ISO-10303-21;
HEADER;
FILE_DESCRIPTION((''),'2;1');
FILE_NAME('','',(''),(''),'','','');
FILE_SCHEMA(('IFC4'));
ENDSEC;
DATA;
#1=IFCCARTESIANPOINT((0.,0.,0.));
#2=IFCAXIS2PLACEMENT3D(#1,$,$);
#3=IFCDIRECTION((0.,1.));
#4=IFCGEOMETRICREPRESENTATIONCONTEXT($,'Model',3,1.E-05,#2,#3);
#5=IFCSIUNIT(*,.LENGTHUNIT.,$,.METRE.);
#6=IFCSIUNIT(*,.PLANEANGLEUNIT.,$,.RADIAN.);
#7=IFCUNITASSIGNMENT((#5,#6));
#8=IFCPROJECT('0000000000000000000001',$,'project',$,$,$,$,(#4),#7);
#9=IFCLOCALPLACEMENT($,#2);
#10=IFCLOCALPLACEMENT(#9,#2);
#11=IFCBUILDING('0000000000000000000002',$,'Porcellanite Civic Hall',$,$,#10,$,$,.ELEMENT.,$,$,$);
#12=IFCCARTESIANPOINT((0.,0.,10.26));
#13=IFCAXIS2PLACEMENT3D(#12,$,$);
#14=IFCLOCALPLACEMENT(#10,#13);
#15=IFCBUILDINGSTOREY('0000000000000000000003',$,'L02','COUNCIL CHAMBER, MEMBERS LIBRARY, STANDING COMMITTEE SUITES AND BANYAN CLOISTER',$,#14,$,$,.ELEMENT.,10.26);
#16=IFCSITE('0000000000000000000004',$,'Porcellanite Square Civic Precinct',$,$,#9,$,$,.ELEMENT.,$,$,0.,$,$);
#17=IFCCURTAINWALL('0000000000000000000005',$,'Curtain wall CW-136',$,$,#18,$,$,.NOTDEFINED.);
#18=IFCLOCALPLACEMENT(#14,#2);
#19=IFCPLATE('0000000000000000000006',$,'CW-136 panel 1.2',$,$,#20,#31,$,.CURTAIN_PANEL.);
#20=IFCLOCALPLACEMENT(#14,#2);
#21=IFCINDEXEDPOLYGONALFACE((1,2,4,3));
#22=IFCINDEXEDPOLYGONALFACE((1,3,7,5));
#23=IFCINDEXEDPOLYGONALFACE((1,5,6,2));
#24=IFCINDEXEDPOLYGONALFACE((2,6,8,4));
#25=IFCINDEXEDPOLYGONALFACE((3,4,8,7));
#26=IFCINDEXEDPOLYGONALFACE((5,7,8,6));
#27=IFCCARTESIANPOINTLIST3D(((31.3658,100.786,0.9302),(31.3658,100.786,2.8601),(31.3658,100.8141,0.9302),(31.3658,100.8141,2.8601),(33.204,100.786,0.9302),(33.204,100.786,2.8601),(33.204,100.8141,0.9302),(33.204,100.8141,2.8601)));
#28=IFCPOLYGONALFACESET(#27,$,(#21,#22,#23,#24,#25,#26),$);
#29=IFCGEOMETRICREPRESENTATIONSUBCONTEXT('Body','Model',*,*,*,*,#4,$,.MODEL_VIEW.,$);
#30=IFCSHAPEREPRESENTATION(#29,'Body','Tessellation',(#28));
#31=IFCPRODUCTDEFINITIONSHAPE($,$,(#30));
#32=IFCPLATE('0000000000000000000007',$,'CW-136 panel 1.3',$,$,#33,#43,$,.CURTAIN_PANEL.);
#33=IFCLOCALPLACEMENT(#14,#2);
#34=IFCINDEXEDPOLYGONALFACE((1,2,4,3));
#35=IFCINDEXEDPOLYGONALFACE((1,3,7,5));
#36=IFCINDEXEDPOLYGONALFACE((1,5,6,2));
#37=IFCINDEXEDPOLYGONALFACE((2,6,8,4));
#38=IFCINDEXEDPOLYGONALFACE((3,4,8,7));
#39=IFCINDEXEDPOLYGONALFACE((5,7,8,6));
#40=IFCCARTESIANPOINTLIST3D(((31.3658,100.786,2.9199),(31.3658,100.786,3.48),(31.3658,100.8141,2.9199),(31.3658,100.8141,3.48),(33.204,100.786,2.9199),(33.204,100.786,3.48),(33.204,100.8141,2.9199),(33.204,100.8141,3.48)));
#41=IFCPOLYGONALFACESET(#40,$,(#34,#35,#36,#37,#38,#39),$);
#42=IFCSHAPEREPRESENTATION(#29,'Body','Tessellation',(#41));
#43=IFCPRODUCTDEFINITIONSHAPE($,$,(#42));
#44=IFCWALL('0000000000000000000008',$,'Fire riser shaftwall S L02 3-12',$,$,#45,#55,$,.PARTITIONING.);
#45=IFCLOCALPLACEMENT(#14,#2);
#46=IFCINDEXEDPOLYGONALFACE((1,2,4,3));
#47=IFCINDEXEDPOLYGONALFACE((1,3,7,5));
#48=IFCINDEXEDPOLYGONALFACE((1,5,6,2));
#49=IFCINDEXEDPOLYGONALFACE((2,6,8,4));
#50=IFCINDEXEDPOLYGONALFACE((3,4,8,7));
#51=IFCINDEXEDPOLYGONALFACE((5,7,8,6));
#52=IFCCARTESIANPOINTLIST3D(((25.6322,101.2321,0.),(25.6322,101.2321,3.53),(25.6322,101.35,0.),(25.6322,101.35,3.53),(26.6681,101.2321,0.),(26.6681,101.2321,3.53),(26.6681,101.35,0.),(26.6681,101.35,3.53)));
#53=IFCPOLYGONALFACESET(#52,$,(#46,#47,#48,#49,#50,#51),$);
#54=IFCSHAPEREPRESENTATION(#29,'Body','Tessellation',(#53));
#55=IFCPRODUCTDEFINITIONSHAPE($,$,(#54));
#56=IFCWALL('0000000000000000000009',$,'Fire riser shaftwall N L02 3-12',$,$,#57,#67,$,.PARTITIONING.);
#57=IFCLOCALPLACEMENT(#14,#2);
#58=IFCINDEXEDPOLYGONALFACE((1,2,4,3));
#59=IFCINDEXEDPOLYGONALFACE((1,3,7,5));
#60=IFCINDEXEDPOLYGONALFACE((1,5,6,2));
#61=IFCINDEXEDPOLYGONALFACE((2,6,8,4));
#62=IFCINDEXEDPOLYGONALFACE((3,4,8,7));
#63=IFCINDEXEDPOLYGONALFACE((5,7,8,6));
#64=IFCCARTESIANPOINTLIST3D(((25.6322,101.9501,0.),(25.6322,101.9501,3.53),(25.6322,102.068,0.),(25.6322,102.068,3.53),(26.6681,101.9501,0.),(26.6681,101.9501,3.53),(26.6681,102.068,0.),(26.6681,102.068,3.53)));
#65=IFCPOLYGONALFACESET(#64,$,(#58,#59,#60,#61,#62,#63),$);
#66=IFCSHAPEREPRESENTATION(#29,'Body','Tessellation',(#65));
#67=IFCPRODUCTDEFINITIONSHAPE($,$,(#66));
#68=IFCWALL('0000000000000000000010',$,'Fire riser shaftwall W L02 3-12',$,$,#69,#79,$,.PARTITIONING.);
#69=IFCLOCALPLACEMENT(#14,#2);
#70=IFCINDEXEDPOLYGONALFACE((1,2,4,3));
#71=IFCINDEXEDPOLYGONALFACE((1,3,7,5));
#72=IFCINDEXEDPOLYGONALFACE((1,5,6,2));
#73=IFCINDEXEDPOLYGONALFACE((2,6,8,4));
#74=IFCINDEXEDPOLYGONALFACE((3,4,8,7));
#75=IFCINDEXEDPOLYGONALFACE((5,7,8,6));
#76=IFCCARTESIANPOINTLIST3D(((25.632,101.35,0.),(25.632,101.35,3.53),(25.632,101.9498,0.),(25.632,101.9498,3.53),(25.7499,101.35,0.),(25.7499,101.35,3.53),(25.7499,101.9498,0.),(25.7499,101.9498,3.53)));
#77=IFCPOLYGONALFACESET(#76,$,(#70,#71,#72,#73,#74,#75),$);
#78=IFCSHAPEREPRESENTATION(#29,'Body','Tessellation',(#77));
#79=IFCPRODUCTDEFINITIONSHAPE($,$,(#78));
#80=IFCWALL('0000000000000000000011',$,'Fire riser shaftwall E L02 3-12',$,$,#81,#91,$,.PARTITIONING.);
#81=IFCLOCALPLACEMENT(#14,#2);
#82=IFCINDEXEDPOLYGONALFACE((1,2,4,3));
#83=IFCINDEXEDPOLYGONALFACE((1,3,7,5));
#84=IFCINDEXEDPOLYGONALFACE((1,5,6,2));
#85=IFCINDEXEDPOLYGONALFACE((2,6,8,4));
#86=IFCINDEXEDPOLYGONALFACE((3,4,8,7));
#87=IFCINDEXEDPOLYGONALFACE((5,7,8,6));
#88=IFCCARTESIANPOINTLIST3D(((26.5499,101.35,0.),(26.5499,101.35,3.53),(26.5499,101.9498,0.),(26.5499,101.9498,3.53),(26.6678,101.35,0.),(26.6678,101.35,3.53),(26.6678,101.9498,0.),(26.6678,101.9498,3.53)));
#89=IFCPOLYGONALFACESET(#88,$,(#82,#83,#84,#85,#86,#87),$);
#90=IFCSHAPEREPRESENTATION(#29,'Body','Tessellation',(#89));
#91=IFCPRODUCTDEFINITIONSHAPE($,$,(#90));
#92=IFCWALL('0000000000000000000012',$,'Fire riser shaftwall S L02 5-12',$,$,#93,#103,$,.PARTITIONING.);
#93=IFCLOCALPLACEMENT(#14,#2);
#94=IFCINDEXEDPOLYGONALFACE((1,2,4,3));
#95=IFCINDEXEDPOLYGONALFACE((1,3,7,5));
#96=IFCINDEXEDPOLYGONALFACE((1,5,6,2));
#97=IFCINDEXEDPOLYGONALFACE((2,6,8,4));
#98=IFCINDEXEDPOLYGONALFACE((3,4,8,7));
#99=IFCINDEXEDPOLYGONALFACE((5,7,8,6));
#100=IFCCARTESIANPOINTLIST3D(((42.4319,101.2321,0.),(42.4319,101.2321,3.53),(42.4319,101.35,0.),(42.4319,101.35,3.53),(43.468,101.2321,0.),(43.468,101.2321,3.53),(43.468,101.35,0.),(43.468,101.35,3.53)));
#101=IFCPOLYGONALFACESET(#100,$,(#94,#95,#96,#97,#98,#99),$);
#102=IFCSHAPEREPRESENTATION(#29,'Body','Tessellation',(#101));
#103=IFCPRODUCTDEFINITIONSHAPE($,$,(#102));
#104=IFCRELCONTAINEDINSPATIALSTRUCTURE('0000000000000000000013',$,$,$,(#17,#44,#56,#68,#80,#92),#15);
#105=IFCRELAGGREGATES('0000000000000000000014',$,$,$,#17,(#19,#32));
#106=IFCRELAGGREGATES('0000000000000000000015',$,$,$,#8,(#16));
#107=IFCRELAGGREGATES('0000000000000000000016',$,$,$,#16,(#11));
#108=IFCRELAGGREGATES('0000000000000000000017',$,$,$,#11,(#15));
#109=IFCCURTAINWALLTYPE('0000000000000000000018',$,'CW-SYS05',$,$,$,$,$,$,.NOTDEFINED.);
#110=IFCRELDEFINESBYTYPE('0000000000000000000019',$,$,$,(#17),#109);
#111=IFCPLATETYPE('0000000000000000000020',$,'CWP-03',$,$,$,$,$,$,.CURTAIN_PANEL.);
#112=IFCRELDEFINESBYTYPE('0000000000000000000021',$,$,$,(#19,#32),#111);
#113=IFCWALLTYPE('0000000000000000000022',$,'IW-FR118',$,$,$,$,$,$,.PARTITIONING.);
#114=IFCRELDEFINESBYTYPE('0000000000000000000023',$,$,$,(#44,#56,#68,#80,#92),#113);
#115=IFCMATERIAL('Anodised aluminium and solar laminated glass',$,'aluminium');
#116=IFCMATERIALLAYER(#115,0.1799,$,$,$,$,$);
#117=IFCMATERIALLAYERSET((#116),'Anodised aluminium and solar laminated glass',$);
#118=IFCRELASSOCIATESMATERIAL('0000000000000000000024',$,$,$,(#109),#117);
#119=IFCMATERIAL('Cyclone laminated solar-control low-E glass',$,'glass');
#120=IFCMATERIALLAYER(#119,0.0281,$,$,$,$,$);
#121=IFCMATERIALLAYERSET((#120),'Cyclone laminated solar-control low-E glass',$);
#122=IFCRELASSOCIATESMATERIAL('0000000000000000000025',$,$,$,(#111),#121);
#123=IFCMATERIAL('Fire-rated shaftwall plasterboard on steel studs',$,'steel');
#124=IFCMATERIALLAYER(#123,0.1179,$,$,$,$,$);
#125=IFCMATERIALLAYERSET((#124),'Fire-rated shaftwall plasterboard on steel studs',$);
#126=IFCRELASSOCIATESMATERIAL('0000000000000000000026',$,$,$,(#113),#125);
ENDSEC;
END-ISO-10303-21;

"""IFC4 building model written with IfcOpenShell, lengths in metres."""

from ifc_helpers import new_model, si_unit, direction, frame, frame_2d, origin, origin_2d, place, context, subcontext, project, spatial, rectangle, extrude, material, layer, layer_set, type_object, element, aggregate, save


model = new_model("IFC4")

# Units and contexts
model_context = context("Model", 3, precision=1e-05, world=origin(), true_north=direction((0.0, 1.0)))
body_context = subcontext(model_context, "Body", "Model", "MODEL_VIEW")
ifc_project = project(units=[si_unit("LENGTHUNIT", "METRE"), si_unit("PLANEANGLEUNIT", "RADIAN")], contexts=[model_context])

# Site, building, storey
site_placement = place(None, origin())
site = spatial("IfcSite", under=ifc_project, at=site_placement, Name="Porcellanite Square Civic Precinct", CompositionType="ELEMENT", RefElevation=0.0)
building_placement = place(site_placement, origin())
building = spatial("IfcBuilding", under=site, at=building_placement, Name="Porcellanite Civic Hall", CompositionType="ELEMENT")
storey_placement = place(building_placement, frame((0.0, 0.0, 10.26)))
storey = spatial("IfcBuildingStorey", under=building, at=storey_placement, Name="L02", Description="COUNCIL CHAMBER, MEMBERS LIBRARY, STANDING COMMITTEE SUITES AND BANYAN CLOISTER", CompositionType="ELEMENT", Elevation=10.26)

# Curtain wall
ifc_material_1 = material(Name="Anodised aluminium and solar laminated glass", Category="aluminium")
ifc_layer_1 = layer(ifc_material_1, 0.1799)
ifc_layer_set_1 = layer_set([ifc_layer_1], Name="Anodised aluminium and solar laminated glass")
curtain_wall_type_1 = type_object("IfcCurtainWallType", Name="CW-SYS05", PredefinedType="NOTDEFINED", material=ifc_layer_set_1)
curtain_wall_1_placement = place(storey_placement, origin())
curtain_wall_1 = element("IfcCurtainWall", 1, at=curtain_wall_1_placement, inside=storey, type_object=curtain_wall_type_1, Name="Curtain wall CW-136", PredefinedType="NOTDEFINED")

# Plates
ifc_material_2 = material(Name="Cyclone laminated solar-control low-E glass", Category="glass")
ifc_layer_2 = layer(ifc_material_2, 0.0281)
ifc_layer_set_2 = layer_set([ifc_layer_2], Name="Cyclone laminated solar-control low-E glass")
plate_type = type_object("IfcPlateType", Name="CWP-03", PredefinedType="CURTAIN_PANEL", material=ifc_layer_set_2)
plate_1_placement = place(storey_placement, frame((32.2849, 100.8, 0.9302), z_axis=(0.0, 0.0, 1.0), x_axis=(-1.0, 0.0, 0.0)))
plate_1 = element("IfcPlate", 2, at=plate_1_placement, type_object=plate_type, Name="CW-136 panel 1.2", PredefinedType="CURTAIN_PANEL", context=body_context, shape_type="SweptSolid", body=[
    extrude(rectangle(XDim=1.8381, YDim=0.0281, at=origin_2d()), origin(), (0.0, 0.0, 1.0), 1.9299),
])
plate_2_placement = place(storey_placement, frame((32.2849, 100.8, 2.9199), z_axis=(0.0, 0.0, 1.0), x_axis=(-1.0, 0.0, 0.0)))
plate_2 = element("IfcPlate", 3, at=plate_2_placement, type_object=plate_type, Name="CW-136 panel 1.3", PredefinedType="CURTAIN_PANEL", context=body_context, shape_type="SweptSolid", body=[
    extrude(rectangle(XDim=1.8381, YDim=0.0281, at=origin_2d()), origin(), (0.0, 0.0, 1.0), 0.5601),
])
aggregate(curtain_wall_1, [plate_1, plate_2])

# Walls
ifc_material_3 = material(Name="Fire-rated shaftwall plasterboard on steel studs", Category="steel")
ifc_layer_3 = layer(ifc_material_3, 0.1179)
ifc_layer_set_3 = layer_set([ifc_layer_3], Name="Fire-rated shaftwall plasterboard on steel studs")
wall_type_1 = type_object("IfcWallType", Name="IW-FR118", PredefinedType="PARTITIONING", material=ifc_layer_set_3)
for number, where, z_axis, x_axis, name in (
    (4, (25.6321, 101.291, 0.0), (0.0, 0.0, 1.0), (1.0, 0.0, 0.0), "Fire riser shaftwall S L02 3-12"),
    (5, (25.6321, 102.009, 0.0), (0.0, 0.0, 1.0), (1.0, 0.0, 0.0), "Fire riser shaftwall N L02 3-12"),
):
    element("IfcWall", number, at=place(storey_placement, frame(where, z_axis=z_axis, x_axis=x_axis)), inside=storey, type_object=wall_type_1, Name=name, PredefinedType="PARTITIONING", context=body_context, shape_type="SweptSolid", body=[
        extrude(rectangle(XDim=1.0359, YDim=0.1179, at=frame_2d((0.5181, 0.0))), origin(), (0.0, 0.0, 1.0), 3.53),
    ])
for number, where, z_axis, x_axis, name in (
    (6, (25.6909, 101.3501, 0.0), (0.0, 0.0, 1.0), (0.0, 1.0, 0.0), "Fire riser shaftwall W L02 3-12"),
    (7, (26.6089, 101.3501, 0.0), (0.0, 0.0, 1.0), (0.0, 1.0, 0.0), "Fire riser shaftwall E L02 3-12"),
):
    element("IfcWall", number, at=place(storey_placement, frame(where, z_axis=z_axis, x_axis=x_axis)), inside=storey, type_object=wall_type_1, Name=name, PredefinedType="PARTITIONING", context=body_context, shape_type="SweptSolid", body=[
        extrude(rectangle(XDim=0.5999, YDim=0.1179, at=frame_2d((0.2998, 0.0))), origin(), (0.0, 0.0, 1.0), 3.53),
    ])
wall_1_placement = place(storey_placement, frame((42.4319, 101.291, 0.0), z_axis=(0.0, 0.0, 1.0), x_axis=(1.0, 0.0, 0.0)))
element("IfcWall", 8, at=wall_1_placement, inside=storey, type_object=wall_type_1, Name="Fire riser shaftwall S L02 5-12", PredefinedType="PARTITIONING", context=body_context, shape_type="SweptSolid", body=[
    extrude(rectangle(XDim=1.0361, YDim=0.1179, at=frame_2d((0.5181, 0.0))), origin(), (0.0, 0.0, 1.0), 3.53),
])

save(model, "model.ifc")
